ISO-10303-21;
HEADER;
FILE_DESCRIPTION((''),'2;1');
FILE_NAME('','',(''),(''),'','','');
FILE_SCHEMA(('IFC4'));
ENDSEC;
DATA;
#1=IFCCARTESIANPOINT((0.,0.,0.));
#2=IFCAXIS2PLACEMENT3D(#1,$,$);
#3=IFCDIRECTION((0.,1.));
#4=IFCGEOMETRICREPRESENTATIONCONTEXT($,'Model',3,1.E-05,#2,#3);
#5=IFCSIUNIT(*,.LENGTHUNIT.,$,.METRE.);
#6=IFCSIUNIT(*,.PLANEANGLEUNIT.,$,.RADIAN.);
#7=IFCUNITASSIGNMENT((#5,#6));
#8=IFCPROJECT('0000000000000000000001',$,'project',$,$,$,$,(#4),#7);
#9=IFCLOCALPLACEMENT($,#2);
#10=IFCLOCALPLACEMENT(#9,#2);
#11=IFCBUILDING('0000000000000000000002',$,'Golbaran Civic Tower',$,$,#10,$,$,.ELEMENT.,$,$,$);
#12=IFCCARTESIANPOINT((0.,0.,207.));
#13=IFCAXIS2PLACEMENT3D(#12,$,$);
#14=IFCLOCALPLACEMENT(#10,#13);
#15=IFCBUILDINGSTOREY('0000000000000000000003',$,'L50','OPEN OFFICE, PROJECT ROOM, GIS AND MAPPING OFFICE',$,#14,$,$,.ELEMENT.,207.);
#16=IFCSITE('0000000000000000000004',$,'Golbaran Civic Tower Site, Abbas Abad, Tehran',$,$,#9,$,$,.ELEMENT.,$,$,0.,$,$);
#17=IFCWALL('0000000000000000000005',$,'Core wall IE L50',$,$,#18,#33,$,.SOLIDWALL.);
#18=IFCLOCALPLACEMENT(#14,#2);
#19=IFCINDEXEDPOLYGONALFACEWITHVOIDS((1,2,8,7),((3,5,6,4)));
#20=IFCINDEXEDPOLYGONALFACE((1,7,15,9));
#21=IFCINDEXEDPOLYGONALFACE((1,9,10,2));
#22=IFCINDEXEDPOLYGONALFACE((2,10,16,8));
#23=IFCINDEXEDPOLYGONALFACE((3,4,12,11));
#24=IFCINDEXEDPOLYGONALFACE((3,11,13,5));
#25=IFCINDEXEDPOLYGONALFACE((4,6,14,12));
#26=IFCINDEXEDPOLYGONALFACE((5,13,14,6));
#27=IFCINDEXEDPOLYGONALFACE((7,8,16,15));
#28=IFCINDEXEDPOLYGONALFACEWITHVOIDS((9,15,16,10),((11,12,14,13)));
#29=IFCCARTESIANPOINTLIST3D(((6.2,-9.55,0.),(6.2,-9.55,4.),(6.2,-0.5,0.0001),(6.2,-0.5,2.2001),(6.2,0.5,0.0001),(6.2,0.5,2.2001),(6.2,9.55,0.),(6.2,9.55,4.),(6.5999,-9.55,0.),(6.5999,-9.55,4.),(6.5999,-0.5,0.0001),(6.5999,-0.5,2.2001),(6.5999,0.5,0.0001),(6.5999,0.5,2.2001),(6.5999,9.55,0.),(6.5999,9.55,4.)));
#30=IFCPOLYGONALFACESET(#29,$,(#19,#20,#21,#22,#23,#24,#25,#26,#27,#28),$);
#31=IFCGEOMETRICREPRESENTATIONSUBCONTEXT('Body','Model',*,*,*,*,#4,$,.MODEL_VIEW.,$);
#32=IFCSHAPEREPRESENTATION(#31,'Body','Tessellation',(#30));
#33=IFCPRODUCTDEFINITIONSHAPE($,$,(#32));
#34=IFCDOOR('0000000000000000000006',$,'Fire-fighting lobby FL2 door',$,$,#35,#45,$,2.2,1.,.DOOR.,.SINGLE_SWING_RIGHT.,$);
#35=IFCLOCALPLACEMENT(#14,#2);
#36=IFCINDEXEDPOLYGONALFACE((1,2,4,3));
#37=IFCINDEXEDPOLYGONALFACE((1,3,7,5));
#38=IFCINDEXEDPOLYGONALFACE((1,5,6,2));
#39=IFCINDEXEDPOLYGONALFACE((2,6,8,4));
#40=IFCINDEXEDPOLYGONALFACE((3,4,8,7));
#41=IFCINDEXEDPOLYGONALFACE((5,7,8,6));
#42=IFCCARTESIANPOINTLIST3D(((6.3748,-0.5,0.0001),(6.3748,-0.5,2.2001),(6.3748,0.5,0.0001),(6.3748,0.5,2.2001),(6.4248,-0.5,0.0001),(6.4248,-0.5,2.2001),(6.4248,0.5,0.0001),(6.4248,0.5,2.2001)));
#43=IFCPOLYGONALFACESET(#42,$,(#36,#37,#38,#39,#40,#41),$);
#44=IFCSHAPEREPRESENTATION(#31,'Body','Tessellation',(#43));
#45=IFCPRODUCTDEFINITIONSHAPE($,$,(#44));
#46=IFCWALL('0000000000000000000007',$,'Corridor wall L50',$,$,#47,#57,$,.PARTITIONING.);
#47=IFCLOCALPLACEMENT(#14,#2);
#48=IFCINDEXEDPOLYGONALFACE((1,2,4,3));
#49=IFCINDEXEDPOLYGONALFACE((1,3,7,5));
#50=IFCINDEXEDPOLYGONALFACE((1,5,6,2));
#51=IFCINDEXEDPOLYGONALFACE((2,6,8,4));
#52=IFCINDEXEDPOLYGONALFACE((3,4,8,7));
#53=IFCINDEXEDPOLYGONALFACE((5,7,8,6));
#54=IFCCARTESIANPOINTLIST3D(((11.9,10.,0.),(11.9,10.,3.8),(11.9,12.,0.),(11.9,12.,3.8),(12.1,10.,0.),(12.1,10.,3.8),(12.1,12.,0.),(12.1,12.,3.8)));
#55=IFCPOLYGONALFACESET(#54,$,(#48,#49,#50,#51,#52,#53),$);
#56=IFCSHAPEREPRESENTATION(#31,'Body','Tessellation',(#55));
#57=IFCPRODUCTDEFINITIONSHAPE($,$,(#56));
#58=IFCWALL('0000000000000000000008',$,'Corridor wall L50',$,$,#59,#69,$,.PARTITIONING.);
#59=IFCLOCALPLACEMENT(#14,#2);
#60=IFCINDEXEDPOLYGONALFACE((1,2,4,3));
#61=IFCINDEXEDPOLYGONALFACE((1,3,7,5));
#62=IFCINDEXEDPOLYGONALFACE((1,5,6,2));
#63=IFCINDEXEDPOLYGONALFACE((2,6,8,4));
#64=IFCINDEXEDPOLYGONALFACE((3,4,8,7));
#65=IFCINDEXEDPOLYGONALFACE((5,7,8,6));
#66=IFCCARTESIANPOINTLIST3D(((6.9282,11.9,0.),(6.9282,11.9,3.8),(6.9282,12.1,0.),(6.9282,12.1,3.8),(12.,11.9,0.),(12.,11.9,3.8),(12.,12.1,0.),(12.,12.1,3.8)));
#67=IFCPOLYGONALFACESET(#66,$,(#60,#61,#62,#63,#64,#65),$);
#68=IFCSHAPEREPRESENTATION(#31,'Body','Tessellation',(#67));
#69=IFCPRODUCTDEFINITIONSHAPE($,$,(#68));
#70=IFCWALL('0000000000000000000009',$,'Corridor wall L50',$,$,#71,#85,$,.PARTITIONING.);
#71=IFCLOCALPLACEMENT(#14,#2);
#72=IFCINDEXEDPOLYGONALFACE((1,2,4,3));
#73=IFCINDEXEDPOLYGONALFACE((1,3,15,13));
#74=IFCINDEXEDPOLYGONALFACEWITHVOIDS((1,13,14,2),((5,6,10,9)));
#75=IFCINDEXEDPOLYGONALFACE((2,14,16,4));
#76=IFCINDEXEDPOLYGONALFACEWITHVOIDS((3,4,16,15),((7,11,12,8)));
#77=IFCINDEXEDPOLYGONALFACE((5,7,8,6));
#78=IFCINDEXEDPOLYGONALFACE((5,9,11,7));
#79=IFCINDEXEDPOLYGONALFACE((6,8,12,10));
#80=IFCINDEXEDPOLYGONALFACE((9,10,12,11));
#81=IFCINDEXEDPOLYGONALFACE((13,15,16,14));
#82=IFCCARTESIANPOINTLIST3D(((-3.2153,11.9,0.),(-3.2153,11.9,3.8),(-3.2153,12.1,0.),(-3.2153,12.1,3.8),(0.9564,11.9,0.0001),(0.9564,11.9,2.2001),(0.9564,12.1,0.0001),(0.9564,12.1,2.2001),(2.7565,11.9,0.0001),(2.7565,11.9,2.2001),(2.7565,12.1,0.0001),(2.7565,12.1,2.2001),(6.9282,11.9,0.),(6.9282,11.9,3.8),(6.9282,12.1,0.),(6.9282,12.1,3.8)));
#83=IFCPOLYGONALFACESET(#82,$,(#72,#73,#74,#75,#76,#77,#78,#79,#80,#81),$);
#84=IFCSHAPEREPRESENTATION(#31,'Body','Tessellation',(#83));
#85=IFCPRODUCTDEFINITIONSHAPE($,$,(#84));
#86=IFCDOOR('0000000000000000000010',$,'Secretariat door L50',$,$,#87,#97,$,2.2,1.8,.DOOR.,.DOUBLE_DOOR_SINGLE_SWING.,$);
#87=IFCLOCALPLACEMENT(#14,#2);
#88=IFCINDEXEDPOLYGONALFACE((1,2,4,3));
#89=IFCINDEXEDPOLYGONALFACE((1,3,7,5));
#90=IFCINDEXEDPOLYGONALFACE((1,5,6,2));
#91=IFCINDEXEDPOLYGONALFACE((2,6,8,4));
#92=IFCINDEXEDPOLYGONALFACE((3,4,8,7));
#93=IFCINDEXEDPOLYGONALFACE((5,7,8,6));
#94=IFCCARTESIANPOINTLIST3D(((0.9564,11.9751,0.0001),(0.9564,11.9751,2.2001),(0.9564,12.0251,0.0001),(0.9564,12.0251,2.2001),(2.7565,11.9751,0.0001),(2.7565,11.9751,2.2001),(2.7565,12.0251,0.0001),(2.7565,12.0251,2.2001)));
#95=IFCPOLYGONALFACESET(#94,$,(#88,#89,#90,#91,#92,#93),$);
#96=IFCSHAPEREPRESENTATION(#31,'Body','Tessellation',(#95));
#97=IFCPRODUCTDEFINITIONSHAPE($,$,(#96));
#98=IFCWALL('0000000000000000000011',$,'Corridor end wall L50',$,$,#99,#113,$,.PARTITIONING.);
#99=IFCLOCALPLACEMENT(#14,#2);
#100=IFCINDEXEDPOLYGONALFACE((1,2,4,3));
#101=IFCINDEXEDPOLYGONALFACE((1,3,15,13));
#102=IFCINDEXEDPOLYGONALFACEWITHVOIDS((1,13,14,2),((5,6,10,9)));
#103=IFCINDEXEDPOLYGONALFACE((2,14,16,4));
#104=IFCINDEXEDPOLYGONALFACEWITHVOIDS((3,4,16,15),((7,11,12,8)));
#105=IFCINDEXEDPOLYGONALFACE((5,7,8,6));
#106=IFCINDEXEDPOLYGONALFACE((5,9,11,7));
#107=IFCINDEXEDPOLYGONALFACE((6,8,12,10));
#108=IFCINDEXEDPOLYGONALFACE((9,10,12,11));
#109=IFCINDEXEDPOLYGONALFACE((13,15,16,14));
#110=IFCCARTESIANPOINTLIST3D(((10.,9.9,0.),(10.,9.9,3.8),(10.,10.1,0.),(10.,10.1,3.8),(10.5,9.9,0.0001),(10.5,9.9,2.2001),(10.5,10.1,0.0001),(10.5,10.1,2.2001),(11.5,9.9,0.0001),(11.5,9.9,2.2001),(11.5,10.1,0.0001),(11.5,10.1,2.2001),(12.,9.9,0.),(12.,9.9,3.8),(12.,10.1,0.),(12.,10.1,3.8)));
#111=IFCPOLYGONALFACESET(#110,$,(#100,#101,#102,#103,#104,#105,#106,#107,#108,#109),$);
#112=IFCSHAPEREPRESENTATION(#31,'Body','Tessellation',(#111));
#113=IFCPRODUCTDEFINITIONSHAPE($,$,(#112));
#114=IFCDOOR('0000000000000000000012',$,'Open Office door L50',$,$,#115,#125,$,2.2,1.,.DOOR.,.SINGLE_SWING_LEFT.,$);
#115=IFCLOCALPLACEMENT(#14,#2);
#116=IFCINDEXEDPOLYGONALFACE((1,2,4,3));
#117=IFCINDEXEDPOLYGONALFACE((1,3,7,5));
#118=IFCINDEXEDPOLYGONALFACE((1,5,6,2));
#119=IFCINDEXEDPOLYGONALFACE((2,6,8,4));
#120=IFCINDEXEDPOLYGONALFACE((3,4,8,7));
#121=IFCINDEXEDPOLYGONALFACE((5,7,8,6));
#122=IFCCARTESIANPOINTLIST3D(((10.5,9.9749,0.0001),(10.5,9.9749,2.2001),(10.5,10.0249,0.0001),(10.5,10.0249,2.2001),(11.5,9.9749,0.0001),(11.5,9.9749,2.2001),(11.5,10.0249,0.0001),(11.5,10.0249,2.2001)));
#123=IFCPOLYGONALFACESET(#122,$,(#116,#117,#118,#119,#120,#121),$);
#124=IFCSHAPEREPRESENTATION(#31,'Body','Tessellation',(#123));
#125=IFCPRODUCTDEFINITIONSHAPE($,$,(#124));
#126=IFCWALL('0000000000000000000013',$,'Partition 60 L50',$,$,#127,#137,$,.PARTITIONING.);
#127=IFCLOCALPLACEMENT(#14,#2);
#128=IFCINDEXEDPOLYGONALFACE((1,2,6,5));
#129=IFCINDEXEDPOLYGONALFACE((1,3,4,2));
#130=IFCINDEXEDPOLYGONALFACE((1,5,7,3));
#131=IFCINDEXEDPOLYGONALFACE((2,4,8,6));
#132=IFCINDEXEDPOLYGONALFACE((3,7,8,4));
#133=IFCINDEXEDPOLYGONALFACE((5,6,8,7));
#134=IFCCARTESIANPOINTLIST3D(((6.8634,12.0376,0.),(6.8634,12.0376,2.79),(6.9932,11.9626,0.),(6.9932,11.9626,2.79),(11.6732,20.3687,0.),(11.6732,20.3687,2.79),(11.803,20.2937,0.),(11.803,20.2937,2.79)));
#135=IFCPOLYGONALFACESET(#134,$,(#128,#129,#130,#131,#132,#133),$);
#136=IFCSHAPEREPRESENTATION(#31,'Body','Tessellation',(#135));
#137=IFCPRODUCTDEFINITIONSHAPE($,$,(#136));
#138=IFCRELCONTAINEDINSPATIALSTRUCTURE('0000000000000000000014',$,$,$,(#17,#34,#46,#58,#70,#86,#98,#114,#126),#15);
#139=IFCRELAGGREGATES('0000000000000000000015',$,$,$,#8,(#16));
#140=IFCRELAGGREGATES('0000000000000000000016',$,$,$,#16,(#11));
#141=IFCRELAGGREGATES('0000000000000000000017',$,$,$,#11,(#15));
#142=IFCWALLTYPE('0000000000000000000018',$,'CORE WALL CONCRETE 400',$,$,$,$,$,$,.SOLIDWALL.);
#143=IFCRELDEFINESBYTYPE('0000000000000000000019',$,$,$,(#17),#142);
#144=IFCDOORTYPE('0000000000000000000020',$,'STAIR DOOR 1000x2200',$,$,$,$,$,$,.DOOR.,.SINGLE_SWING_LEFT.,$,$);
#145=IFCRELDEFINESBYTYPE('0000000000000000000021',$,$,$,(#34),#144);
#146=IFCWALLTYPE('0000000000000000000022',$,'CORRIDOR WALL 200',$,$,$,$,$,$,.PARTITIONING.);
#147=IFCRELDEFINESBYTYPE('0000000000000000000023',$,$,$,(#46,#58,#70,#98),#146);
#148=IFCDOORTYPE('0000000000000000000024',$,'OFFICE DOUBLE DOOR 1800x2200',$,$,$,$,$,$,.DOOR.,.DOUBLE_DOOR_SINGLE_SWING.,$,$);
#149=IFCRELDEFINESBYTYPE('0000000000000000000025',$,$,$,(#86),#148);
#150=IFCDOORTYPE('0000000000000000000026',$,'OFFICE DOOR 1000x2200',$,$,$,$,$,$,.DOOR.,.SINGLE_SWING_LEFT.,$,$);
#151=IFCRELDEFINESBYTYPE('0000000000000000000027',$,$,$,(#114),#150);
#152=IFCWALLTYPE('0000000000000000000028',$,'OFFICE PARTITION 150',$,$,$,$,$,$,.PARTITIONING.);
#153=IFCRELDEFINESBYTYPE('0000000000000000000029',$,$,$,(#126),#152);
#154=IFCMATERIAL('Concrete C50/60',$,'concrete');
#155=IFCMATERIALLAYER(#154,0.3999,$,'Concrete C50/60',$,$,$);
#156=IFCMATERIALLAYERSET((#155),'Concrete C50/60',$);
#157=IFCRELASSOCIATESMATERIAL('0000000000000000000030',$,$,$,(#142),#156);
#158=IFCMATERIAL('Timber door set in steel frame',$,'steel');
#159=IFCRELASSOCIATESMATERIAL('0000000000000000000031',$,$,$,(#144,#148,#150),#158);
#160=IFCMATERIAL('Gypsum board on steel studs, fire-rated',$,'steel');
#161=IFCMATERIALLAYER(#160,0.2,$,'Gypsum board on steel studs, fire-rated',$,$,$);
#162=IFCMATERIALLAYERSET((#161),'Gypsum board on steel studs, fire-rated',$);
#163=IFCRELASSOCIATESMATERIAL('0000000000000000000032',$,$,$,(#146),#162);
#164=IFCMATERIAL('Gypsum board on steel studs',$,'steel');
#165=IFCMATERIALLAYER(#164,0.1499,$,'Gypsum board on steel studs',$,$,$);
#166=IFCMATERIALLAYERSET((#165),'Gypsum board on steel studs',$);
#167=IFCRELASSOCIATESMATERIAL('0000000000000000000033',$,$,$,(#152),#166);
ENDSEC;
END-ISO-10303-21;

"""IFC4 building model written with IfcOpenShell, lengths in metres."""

from ifc_helpers import new_model, si_unit, direction, frame, frame_2d, origin, place, context, subcontext, project, spatial, rectangle, extrude, material, layer, layer_set, type_object, element, fill, save


model = new_model("IFC4")

# Units and contexts
model_context = context("Model", 3, precision=1e-05, world=origin(), true_north=direction((0.0, 1.0)))
body_context = subcontext(model_context, "Body", "Model", "MODEL_VIEW")
ifc_project = project(units=[si_unit("LENGTHUNIT", "METRE"), si_unit("PLANEANGLEUNIT", "RADIAN")], contexts=[model_context])

# Site, building, storey
site_placement = place(None, origin())
site = spatial("IfcSite", under=ifc_project, at=site_placement, Name="Golbaran Civic Tower Site, Abbas Abad, Tehran", CompositionType="ELEMENT", RefElevation=0.0)
building_placement = place(site_placement, origin())
building = spatial("IfcBuilding", under=site, at=building_placement, Name="Golbaran Civic Tower", CompositionType="ELEMENT")
storey_placement = place(building_placement, frame((0.0, 0.0, 207.0)))
storey = spatial("IfcBuildingStorey", under=building, at=storey_placement, Name="L50", Description="OPEN OFFICE, PROJECT ROOM, GIS AND MAPPING OFFICE", CompositionType="ELEMENT", Elevation=207.0)

# Wall, opening, door
ifc_material_1 = material(Name="Concrete C50/60", Category="concrete")
ifc_layer_1 = layer(ifc_material_1, 0.3999, Name="Concrete C50/60")
ifc_layer_set_1 = layer_set([ifc_layer_1], Name="Concrete C50/60")
wall_type_1 = type_object("IfcWallType", Name="CORE WALL CONCRETE 400", PredefinedType="SOLIDWALL", material=ifc_layer_set_1)
wall_1_placement = place(storey_placement, frame((6.3999, 9.55, 0.0), z_axis=(0.0, 0.0, 1.0), x_axis=(0.0, -1.0, 0.0)))
wall_1 = element("IfcWall", 1, at=wall_1_placement, inside=storey, type_object=wall_type_1, Name="Core wall IE L50", PredefinedType="SOLIDWALL", context=body_context, shape_type="SweptSolid", body=[
    extrude(rectangle(XDim=19.1001, YDim=0.3999, at=frame_2d((9.55, 0.0))), origin(), (0.0, 0.0, 1.0), 4.0),
])
opening_1_placement = place(wall_1_placement, frame((9.05, 0.0, 0.0)))
opening_1 = element("IfcOpeningElement", 2, at=opening_1_placement, cuts=wall_1, PredefinedType="OPENING", context=body_context, shape_type="SweptSolid", body=[
    extrude(rectangle(XDim=1.0, YDim=2.2, at=frame_2d((0.5, 1.1001))), frame((0.0, 0.21, 0.0), z_axis=(0.0, -1.0, 0.0), x_axis=(1.0, 0.0, 0.0)), (0.0, 0.0, 1.0), 0.4199),
])
ifc_material_2 = material(Name="Timber door set in steel frame", Category="steel")
door_type_1 = type_object("IfcDoorType", Name="STAIR DOOR 1000x2200", OperationType="SINGLE_SWING_LEFT", PredefinedType="DOOR", material=ifc_material_2)
door_1_placement = place(opening_1_placement, origin())
door_1 = element("IfcDoor", 3, at=door_1_placement, inside=storey, type_object=door_type_1, Name="Fire-fighting lobby FL2 door", OperationType="SINGLE_SWING_RIGHT", OverallHeight=2.2, OverallWidth=1.0, PredefinedType="DOOR", context=body_context, shape_type="SweptSolid", body=[
    extrude(rectangle(XDim=1.0, YDim=2.2, at=frame_2d((0.5, 1.1001))), frame((0.0, 0.0249, 0.0), z_axis=(0.0, -1.0, 0.0), x_axis=(1.0, 0.0, 0.0)), (0.0, 0.0, 1.0), 0.05),
])
fill(opening_1, door_1)

# Walls
ifc_material_3 = material(Name="Gypsum board on steel studs, fire-rated", Category="steel")
ifc_layer_2 = layer(ifc_material_3, 0.2, Name="Gypsum board on steel studs, fire-rated")
ifc_layer_set_2 = layer_set([ifc_layer_2], Name="Gypsum board on steel studs, fire-rated")
wall_type_2 = type_object("IfcWallType", Name="CORRIDOR WALL 200", PredefinedType="PARTITIONING", material=ifc_layer_set_2)
wall_2_placement = place(storey_placement, frame((12.0, 10.0, 0.0), z_axis=(0.0, 0.0, 1.0), x_axis=(0.0, 1.0, 0.0)))
element("IfcWall", 4, at=wall_2_placement, inside=storey, type_object=wall_type_2, Name="Corridor wall L50", PredefinedType="PARTITIONING", context=body_context, shape_type="SweptSolid", body=[
    extrude(rectangle(XDim=2.0, YDim=0.2, at=frame_2d((1.0, 0.0))), origin(), (0.0, 0.0, 1.0), 3.8),
])
wall_3_placement = place(storey_placement, frame((12.0, 12.0, 0.0), z_axis=(0.0, 0.0, 1.0), x_axis=(-1.0, 0.0, 0.0)))
element("IfcWall", 5, at=wall_3_placement, inside=storey, type_object=wall_type_2, Name="Corridor wall L50", PredefinedType="PARTITIONING", context=body_context, shape_type="SweptSolid", body=[
    extrude(rectangle(XDim=5.0718, YDim=0.2, at=frame_2d((2.5359, 0.0))), origin(), (0.0, 0.0, 1.0), 3.8),
])

# Walls, openings, doors
wall_4_placement = place(storey_placement, frame((6.9282, 12.0, 0.0), z_axis=(0.0, 0.0, 1.0), x_axis=(-1.0, 0.0, 0.0)))
wall_4 = element("IfcWall", 6, at=wall_4_placement, inside=storey, type_object=wall_type_2, Name="Corridor wall L50", PredefinedType="PARTITIONING", context=body_context, shape_type="SweptSolid", body=[
    extrude(rectangle(XDim=10.1436, YDim=0.2, at=frame_2d((5.0718, 0.0))), origin(), (0.0, 0.0, 1.0), 3.8),
])
opening_2_placement = place(wall_4_placement, frame((4.1719, 0.0, 0.0)))
opening_2 = element("IfcOpeningElement", 7, at=opening_2_placement, cuts=wall_4, PredefinedType="OPENING", context=body_context, shape_type="SweptSolid", body=[
    extrude(rectangle(XDim=1.8, YDim=2.2, at=frame_2d((0.8999, 1.1001))), frame((0.0, 0.1099, 0.0), z_axis=(0.0, -1.0, 0.0), x_axis=(1.0, 0.0, 0.0)), (0.0, 0.0, 1.0), 0.22),
])
door_type_2 = type_object("IfcDoorType", Name="OFFICE DOUBLE DOOR 1800x2200", OperationType="DOUBLE_DOOR_SINGLE_SWING", PredefinedType="DOOR", material=ifc_material_2)
door_2_placement = place(opening_2_placement, origin())
door_2 = element("IfcDoor", 8, at=door_2_placement, inside=storey, type_object=door_type_2, Name="Secretariat door L50", OperationType="DOUBLE_DOOR_SINGLE_SWING", OverallHeight=2.2, OverallWidth=1.8, PredefinedType="DOOR", context=body_context, shape_type="SweptSolid", body=[
    extrude(rectangle(XDim=1.8, YDim=2.2, at=frame_2d((0.8999, 1.1001))), frame((0.0, 0.0249, 0.0), z_axis=(0.0, -1.0, 0.0), x_axis=(1.0, 0.0, 0.0)), (0.0, 0.0, 1.0), 0.05),
])
fill(opening_2, door_2)
wall_5_placement = place(storey_placement, frame((10.0, 10.0, 0.0), z_axis=(0.0, 0.0, 1.0), x_axis=(1.0, 0.0, 0.0)))
wall_5 = element("IfcWall", 9, at=wall_5_placement, inside=storey, type_object=wall_type_2, Name="Corridor end wall L50", PredefinedType="PARTITIONING", context=body_context, shape_type="SweptSolid", body=[
    extrude(rectangle(XDim=2.0, YDim=0.2, at=frame_2d((1.0, 0.0))), origin(), (0.0, 0.0, 1.0), 3.8),
])
opening_3_placement = place(wall_5_placement, frame((0.5, 0.0, 0.0)))
opening_3 = element("IfcOpeningElement", 10, at=opening_3_placement, cuts=wall_5, PredefinedType="OPENING", context=body_context, shape_type="SweptSolid", body=[
    extrude(rectangle(XDim=1.0, YDim=2.2, at=frame_2d((0.5, 1.1001))), frame((0.0, 0.1099, 0.0), z_axis=(0.0, -1.0, 0.0), x_axis=(1.0, 0.0, 0.0)), (0.0, 0.0, 1.0), 0.22),
])
door_type_3 = type_object("IfcDoorType", Name="OFFICE DOOR 1000x2200", OperationType="SINGLE_SWING_LEFT", PredefinedType="DOOR", material=ifc_material_2)
door_3_placement = place(opening_3_placement, origin())
door_3 = element("IfcDoor", 11, at=door_3_placement, inside=storey, type_object=door_type_3, Name="Open Office door L50", OperationType="SINGLE_SWING_LEFT", OverallHeight=2.2, OverallWidth=1.0, PredefinedType="DOOR", context=body_context, shape_type="SweptSolid", body=[
    extrude(rectangle(XDim=1.0, YDim=2.2, at=frame_2d((0.5, 1.1001))), frame((0.0, 0.0249, 0.0), z_axis=(0.0, -1.0, 0.0), x_axis=(1.0, 0.0, 0.0)), (0.0, 0.0, 1.0), 0.05),
])
fill(opening_3, door_3)

# Wall
ifc_material_4 = material(Name="Gypsum board on steel studs", Category="steel")
ifc_layer_3 = layer(ifc_material_4, 0.1499, Name="Gypsum board on steel studs")
ifc_layer_set_3 = layer_set([ifc_layer_3], Name="Gypsum board on steel studs")
wall_type_3 = type_object("IfcWallType", Name="OFFICE PARTITION 150", PredefinedType="PARTITIONING", material=ifc_layer_set_3)
wall_6_placement = place(storey_placement, frame((6.9282, 12.0, 0.0), z_axis=(0.0, 0.0, 1.0), x_axis=(0.49999, 0.866031, 0.0)))
element("IfcWall", 12, at=wall_6_placement, inside=storey, type_object=wall_type_3, Name="Partition 60 L50", PredefinedType="PARTITIONING", context=body_context, shape_type="SweptSolid", body=[
    extrude(rectangle(XDim=9.6199, YDim=0.1499, at=frame_2d((4.8101, 0.0))), origin(), (0.0, 0.0, 1.0), 2.79),
])

save(model, "model.ifc")
